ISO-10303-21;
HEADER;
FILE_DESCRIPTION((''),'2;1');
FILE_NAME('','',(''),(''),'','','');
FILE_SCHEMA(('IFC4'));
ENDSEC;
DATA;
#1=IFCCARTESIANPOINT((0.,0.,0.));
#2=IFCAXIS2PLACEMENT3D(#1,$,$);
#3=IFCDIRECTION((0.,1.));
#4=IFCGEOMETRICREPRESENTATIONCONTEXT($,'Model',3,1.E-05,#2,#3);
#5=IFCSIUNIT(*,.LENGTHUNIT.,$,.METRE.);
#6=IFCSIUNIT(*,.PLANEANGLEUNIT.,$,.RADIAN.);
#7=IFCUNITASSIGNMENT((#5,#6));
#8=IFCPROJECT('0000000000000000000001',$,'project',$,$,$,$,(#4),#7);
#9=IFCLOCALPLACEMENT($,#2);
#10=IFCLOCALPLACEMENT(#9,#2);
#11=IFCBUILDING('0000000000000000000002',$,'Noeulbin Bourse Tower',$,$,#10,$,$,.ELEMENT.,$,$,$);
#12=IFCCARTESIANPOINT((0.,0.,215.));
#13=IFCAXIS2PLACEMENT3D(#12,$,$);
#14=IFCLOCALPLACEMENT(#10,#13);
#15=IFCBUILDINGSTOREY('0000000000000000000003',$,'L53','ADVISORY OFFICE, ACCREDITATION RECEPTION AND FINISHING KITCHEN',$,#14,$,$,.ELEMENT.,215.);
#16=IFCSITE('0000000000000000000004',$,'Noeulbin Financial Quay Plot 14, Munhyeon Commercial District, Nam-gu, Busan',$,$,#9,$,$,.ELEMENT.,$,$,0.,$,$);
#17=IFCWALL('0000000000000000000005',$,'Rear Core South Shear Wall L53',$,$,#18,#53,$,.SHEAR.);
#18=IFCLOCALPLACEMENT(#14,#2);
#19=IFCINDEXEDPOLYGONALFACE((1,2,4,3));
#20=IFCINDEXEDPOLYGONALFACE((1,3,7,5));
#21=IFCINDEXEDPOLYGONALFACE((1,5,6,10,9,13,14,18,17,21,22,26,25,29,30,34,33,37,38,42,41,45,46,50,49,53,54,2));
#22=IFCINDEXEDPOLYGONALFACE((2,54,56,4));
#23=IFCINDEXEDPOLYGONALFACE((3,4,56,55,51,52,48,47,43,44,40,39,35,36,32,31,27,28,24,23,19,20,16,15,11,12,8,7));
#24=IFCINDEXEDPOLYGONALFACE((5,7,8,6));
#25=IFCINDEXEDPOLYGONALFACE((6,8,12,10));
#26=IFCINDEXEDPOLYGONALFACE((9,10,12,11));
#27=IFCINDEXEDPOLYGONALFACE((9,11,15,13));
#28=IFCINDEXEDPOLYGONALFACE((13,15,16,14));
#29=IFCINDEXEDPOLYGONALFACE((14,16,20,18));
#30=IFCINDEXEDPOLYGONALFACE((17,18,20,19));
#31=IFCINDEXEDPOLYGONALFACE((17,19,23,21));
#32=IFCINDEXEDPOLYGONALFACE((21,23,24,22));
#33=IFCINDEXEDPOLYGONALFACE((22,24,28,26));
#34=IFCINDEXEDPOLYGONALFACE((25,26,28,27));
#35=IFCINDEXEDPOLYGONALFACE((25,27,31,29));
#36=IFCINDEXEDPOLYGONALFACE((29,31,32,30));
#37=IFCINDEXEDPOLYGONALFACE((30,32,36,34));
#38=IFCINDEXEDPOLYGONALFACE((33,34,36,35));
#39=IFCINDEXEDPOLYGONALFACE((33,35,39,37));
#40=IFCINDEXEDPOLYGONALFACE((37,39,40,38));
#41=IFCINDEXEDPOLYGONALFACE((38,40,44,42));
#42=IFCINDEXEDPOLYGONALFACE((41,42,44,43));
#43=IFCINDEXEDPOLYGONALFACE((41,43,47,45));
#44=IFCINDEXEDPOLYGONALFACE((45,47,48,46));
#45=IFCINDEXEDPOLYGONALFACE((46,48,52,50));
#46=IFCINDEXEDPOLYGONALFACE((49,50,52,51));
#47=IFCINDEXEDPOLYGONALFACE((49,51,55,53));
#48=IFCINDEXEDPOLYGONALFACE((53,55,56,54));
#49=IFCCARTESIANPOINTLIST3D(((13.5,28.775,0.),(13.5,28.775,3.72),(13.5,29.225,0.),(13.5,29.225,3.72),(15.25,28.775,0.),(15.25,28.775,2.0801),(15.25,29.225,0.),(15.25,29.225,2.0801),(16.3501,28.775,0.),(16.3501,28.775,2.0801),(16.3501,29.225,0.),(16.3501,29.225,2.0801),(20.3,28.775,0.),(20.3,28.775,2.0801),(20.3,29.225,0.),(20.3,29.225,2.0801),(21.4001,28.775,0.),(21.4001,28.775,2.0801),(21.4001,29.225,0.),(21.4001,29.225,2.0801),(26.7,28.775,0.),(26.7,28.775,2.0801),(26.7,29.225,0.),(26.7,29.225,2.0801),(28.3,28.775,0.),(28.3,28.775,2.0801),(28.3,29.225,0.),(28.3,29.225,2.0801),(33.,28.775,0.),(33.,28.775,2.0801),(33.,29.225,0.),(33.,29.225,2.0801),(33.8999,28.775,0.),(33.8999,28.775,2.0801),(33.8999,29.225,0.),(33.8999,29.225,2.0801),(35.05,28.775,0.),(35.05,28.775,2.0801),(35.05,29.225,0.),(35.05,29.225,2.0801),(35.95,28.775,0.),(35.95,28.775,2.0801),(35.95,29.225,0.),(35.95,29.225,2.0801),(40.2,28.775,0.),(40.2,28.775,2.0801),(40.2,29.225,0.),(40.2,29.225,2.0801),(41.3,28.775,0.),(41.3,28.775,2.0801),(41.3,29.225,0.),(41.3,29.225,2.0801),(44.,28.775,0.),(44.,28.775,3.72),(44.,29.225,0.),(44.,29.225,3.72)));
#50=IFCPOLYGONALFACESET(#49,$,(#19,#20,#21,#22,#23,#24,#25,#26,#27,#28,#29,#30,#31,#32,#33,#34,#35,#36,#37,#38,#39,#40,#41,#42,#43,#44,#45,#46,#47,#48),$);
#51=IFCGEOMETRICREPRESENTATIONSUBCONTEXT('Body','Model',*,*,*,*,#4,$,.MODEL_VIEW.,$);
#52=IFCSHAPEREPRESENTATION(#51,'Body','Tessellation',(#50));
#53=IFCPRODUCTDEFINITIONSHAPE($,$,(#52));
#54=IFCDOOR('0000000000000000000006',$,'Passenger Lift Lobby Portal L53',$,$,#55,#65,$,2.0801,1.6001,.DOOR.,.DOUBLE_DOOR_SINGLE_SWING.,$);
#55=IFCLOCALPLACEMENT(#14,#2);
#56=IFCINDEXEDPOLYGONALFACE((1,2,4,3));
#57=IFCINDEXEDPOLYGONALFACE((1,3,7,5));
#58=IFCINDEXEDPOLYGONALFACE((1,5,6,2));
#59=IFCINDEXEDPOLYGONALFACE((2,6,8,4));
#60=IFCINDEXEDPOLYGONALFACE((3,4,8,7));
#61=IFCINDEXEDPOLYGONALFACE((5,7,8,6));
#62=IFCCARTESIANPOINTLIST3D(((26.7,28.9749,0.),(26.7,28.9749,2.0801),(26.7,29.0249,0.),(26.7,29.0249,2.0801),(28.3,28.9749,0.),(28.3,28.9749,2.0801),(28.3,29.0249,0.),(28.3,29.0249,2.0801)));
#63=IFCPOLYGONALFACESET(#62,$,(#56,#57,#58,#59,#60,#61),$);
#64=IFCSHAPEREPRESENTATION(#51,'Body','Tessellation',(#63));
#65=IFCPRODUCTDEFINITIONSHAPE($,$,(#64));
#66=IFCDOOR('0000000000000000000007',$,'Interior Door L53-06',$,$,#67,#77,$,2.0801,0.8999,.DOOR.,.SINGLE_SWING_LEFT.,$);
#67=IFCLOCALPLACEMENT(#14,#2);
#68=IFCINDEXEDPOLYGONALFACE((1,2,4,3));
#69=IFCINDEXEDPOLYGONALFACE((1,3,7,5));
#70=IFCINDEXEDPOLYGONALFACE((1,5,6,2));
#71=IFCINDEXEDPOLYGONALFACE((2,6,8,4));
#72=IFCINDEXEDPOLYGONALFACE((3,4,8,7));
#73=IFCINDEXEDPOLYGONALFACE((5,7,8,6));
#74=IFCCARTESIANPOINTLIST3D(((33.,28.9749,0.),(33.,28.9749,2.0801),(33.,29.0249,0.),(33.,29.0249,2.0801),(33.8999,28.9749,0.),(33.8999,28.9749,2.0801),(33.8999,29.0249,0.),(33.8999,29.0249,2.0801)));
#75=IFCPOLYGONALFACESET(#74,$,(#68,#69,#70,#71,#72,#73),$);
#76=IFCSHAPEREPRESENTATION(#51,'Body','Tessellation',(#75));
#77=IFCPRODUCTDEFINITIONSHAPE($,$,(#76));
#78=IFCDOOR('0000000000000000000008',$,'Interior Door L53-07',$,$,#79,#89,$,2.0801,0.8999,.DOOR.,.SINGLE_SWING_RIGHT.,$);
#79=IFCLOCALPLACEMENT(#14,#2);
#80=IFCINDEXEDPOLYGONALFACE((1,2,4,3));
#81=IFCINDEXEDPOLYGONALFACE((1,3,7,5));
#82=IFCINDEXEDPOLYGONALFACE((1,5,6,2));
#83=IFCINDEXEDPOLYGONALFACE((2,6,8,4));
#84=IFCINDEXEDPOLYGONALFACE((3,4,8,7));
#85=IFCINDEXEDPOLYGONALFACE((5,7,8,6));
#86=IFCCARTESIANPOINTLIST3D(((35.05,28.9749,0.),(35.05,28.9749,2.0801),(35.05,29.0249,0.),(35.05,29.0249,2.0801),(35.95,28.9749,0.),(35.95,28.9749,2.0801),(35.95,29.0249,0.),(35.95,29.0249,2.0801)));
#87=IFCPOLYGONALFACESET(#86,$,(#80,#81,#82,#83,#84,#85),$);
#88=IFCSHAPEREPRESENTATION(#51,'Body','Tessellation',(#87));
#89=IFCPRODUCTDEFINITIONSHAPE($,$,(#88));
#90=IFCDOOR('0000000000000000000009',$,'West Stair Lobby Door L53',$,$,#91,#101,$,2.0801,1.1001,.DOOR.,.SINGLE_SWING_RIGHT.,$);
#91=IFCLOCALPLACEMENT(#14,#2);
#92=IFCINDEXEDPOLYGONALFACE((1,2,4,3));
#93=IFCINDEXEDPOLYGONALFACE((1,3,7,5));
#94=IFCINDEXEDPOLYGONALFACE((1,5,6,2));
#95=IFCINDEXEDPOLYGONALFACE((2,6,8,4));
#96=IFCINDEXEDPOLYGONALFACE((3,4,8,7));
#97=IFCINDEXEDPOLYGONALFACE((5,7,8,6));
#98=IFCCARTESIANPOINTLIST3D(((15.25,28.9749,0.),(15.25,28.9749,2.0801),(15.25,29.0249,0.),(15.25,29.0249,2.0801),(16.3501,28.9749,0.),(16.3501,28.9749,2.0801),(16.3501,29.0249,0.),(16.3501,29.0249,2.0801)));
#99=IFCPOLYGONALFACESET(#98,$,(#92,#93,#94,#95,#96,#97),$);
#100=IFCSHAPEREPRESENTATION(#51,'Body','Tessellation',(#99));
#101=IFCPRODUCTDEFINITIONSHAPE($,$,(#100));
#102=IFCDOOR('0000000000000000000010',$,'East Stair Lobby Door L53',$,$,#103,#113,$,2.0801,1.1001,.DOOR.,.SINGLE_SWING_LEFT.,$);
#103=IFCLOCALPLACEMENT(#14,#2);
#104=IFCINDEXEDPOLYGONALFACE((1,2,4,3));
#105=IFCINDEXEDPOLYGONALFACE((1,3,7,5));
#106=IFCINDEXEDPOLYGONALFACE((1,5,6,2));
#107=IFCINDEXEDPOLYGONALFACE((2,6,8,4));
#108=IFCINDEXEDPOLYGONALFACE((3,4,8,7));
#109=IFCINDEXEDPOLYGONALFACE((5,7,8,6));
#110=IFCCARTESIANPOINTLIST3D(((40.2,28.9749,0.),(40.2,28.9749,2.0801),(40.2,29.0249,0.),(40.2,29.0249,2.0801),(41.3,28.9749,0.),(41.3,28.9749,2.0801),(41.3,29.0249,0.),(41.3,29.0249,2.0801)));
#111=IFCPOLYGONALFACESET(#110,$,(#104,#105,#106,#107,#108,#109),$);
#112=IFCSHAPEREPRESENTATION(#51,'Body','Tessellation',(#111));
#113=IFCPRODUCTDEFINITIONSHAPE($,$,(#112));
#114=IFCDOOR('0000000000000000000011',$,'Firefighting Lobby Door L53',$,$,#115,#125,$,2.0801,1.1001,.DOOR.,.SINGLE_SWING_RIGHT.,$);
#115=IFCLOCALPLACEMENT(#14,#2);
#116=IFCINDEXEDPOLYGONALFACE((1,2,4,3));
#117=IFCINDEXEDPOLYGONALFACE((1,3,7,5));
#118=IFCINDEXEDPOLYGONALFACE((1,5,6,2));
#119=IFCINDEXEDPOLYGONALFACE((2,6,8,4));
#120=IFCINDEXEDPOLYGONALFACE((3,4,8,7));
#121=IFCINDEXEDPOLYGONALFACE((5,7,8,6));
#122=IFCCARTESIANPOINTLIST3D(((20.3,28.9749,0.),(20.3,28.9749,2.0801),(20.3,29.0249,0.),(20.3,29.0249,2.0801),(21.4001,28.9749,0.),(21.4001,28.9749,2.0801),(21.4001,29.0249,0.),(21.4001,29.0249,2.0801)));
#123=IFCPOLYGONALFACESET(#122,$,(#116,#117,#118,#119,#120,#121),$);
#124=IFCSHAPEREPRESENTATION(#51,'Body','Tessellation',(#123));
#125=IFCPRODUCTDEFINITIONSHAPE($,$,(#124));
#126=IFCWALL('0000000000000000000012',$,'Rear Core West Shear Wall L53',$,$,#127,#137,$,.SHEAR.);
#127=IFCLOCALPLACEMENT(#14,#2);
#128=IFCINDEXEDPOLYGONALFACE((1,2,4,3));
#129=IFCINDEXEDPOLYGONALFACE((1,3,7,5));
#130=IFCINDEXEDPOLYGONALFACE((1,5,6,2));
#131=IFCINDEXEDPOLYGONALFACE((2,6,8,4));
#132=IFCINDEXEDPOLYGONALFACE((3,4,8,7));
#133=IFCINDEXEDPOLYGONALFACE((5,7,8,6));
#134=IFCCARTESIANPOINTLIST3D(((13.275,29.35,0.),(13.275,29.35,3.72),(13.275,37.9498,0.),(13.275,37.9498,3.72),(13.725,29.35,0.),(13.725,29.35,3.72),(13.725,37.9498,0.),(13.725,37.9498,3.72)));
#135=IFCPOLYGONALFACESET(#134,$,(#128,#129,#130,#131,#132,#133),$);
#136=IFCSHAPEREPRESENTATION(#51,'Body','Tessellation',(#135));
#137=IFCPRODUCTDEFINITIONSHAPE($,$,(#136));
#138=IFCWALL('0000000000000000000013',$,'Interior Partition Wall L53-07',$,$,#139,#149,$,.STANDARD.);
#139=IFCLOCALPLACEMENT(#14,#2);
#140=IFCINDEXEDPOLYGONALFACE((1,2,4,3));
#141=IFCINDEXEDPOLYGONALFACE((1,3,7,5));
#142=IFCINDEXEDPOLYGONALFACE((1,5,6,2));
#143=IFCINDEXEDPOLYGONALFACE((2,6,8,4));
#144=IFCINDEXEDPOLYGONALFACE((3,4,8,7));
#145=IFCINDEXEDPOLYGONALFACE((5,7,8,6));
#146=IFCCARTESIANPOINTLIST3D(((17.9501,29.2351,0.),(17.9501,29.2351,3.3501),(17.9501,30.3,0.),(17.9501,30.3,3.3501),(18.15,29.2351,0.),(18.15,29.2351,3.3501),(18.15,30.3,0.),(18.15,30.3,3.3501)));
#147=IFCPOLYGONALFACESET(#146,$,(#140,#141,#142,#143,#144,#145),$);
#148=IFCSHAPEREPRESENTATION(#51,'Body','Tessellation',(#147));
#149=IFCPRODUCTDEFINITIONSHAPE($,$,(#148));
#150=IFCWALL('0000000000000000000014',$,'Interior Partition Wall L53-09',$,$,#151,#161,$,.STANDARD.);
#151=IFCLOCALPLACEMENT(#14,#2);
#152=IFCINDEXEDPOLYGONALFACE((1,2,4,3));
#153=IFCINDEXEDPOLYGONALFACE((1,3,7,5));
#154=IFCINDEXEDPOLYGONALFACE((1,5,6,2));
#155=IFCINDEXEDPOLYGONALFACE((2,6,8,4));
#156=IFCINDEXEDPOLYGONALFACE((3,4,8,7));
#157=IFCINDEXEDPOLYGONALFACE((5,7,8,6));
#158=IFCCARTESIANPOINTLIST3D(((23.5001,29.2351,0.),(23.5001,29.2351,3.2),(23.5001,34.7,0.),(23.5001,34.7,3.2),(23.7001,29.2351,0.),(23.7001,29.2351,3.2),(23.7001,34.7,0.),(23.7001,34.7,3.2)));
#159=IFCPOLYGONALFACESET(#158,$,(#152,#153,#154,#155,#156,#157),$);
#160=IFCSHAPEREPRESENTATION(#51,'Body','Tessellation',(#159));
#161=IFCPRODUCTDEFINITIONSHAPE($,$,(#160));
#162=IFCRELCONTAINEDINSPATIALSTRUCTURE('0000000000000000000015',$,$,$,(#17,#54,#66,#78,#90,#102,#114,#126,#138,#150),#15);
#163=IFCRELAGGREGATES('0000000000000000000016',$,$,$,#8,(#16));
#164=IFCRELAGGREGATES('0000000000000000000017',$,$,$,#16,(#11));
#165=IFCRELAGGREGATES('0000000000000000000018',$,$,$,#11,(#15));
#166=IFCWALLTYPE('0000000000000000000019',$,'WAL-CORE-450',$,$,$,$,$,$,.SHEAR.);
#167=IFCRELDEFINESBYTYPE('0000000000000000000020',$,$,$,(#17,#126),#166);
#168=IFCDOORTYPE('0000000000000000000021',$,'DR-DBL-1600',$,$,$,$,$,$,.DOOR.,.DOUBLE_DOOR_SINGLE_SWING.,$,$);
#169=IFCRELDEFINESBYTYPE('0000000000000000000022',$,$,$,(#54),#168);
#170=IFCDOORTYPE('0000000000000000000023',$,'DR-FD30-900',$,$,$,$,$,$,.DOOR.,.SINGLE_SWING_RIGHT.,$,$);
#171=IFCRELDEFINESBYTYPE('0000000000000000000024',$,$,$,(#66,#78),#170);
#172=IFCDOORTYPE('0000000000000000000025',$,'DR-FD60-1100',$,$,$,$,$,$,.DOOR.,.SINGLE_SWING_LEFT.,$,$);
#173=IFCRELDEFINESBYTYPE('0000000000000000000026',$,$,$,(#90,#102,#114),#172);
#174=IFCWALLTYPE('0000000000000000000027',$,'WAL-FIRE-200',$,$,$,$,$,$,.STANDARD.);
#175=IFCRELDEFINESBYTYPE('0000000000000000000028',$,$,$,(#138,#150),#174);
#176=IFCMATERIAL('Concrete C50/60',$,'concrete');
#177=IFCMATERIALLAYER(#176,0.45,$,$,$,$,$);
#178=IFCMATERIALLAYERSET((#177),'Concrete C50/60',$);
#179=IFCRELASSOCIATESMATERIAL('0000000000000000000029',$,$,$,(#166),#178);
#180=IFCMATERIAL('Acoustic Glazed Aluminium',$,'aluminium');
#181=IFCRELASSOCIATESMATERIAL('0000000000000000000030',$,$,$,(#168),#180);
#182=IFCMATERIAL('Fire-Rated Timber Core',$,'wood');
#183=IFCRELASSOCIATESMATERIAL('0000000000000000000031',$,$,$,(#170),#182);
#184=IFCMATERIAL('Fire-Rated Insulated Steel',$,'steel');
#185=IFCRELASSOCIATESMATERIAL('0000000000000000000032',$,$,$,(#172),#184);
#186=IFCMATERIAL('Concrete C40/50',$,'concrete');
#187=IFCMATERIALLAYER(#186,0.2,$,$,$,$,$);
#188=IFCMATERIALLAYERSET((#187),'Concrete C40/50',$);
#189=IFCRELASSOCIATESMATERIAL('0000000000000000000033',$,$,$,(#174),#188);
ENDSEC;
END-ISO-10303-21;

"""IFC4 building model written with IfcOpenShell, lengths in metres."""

from ifc_helpers import new_model, si_unit, direction, frame, frame_2d, origin, place, context, subcontext, project, spatial, rectangle, extrude, material, layer, layer_set, type_object, element, fill, save


model = new_model("IFC4")

# Units and contexts
model_context = context("Model", 3, precision=1e-05, world=origin(), true_north=direction((0.0, 1.0)))
body_context = subcontext(model_context, "Body", "Model", "MODEL_VIEW")
ifc_project = project(units=[si_unit("LENGTHUNIT", "METRE"), si_unit("PLANEANGLEUNIT", "RADIAN")], contexts=[model_context])

# Site, building, storey
site_placement = place(None, origin())
site = spatial("IfcSite", under=ifc_project, at=site_placement, Name="Noeulbin Financial Quay Plot 14, Munhyeon Commercial District, Nam-gu, Busan", CompositionType="ELEMENT", RefElevation=0.0)
building_placement = place(site_placement, origin())
building = spatial("IfcBuilding", under=site, at=building_placement, Name="Noeulbin Bourse Tower", CompositionType="ELEMENT")
storey_placement = place(building_placement, frame((0.0, 0.0, 215.0)))
storey = spatial("IfcBuildingStorey", under=building, at=storey_placement, Name="L53", Description="ADVISORY OFFICE, ACCREDITATION RECEPTION AND FINISHING KITCHEN", CompositionType="ELEMENT", Elevation=215.0)

# Wall, openings, doors
ifc_material_1 = material(Name="Concrete C50/60", Category="concrete")
ifc_layer_1 = layer(ifc_material_1, 0.45)
ifc_layer_set_1 = layer_set([ifc_layer_1], Name="Concrete C50/60")
wall_type_1 = type_object("IfcWallType", Name="WAL-CORE-450", PredefinedType="SHEAR", material=ifc_layer_set_1)
wall_1_placement = place(storey_placement, frame((13.5, 29.0, 0.0), z_axis=(0.0, 0.0, 1.0), x_axis=(1.0, 0.0, 0.0)))
wall_1 = element("IfcWall", 1, at=wall_1_placement, inside=storey, type_object=wall_type_1, Name="Rear Core South Shear Wall L53", PredefinedType="SHEAR", context=body_context, shape_type="SweptSolid", body=[
    extrude(rectangle(XDim=30.5, YDim=0.45, at=frame_2d((15.25, 0.0))), origin(), (0.0, 0.0, 1.0), 3.72),
])
opening_1_placement = place(wall_1_placement, frame((1.75, 0.0, 0.0)))
opening_1 = element("IfcOpeningElement", 2, at=opening_1_placement, cuts=wall_1, PredefinedType="OPENING", context=body_context, shape_type="SweptSolid", body=[
    extrude(rectangle(XDim=1.1001, YDim=2.0801, at=frame_2d((0.55, 1.04))), frame((0.0, 0.2349, 0.0), z_axis=(0.0, -1.0, 0.0), x_axis=(1.0, 0.0, 0.0)), (0.0, 0.0, 1.0), 0.47),
])
opening_2_placement = place(wall_1_placement, frame((26.7, 0.0, 0.0)))
opening_2 = element("IfcOpeningElement", 3, at=opening_2_placement, cuts=wall_1, PredefinedType="OPENING", context=body_context, shape_type="SweptSolid", body=[
    extrude(rectangle(XDim=1.1001, YDim=2.0801, at=frame_2d((0.55, 1.04))), frame((0.0, 0.2349, 0.0), z_axis=(0.0, -1.0, 0.0), x_axis=(1.0, 0.0, 0.0)), (0.0, 0.0, 1.0), 0.47),
])
opening_3_placement = place(wall_1_placement, frame((6.8, 0.0, 0.0)))
opening_3 = element("IfcOpeningElement", 4, at=opening_3_placement, cuts=wall_1, PredefinedType="OPENING", context=body_context, shape_type="SweptSolid", body=[
    extrude(rectangle(XDim=1.1001, YDim=2.0801, at=frame_2d((0.55, 1.04))), frame((0.0, 0.2349, 0.0), z_axis=(0.0, -1.0, 0.0), x_axis=(1.0, 0.0, 0.0)), (0.0, 0.0, 1.0), 0.47),
])
opening_4_placement = place(wall_1_placement, frame((13.2, 0.0, 0.0)))
opening_4 = element("IfcOpeningElement", 5, at=opening_4_placement, cuts=wall_1, PredefinedType="OPENING", context=body_context, shape_type="SweptSolid", body=[
    extrude(rectangle(XDim=1.6001, YDim=2.0801, at=frame_2d((0.8, 1.04))), frame((0.0, 0.2349, 0.0), z_axis=(0.0, -1.0, 0.0), x_axis=(1.0, 0.0, 0.0)), (0.0, 0.0, 1.0), 0.47),
])
opening_5_placement = place(wall_1_placement, frame((19.5, 0.0, 0.0)))
opening_5 = element("IfcOpeningElement", 6, at=opening_5_placement, cuts=wall_1, PredefinedType="OPENING", context=body_context, shape_type="SweptSolid", body=[
    extrude(rectangle(XDim=0.8999, YDim=2.0801, at=frame_2d((0.45, 1.04))), frame((0.0, 0.2349, 0.0), z_axis=(0.0, -1.0, 0.0), x_axis=(1.0, 0.0, 0.0)), (0.0, 0.0, 1.0), 0.47),
])
opening_6_placement = place(wall_1_placement, frame((21.55, 0.0, 0.0)))
opening_6 = element("IfcOpeningElement", 7, at=opening_6_placement, cuts=wall_1, PredefinedType="OPENING", context=body_context, shape_type="SweptSolid", body=[
    extrude(rectangle(XDim=0.8999, YDim=2.0801, at=frame_2d((0.45, 1.04))), frame((0.0, 0.2349, 0.0), z_axis=(0.0, -1.0, 0.0), x_axis=(1.0, 0.0, 0.0)), (0.0, 0.0, 1.0), 0.47),
])
ifc_material_2 = material(Name="Acoustic Glazed Aluminium", Category="aluminium")
door_type_1 = type_object("IfcDoorType", Name="DR-DBL-1600", OperationType="DOUBLE_DOOR_SINGLE_SWING", PredefinedType="DOOR", material=ifc_material_2)
door_1_placement = place(opening_4_placement, origin())
door_1 = element("IfcDoor", 8, at=door_1_placement, inside=storey, type_object=door_type_1, Name="Passenger Lift Lobby Portal L53", OperationType="DOUBLE_DOOR_SINGLE_SWING", OverallHeight=2.0801, OverallWidth=1.6001, PredefinedType="DOOR", context=body_context, shape_type="SweptSolid", body=[
    extrude(rectangle(XDim=1.6001, YDim=2.0801, at=frame_2d((0.8, 1.04))), frame((0.0, 0.0249, 0.0), z_axis=(0.0, -1.0, 0.0), x_axis=(1.0, 0.0, 0.0)), (0.0, 0.0, 1.0), 0.05),
])
fill(opening_4, door_1)
ifc_material_3 = material(Name="Fire-Rated Timber Core", Category="wood")
door_type_2 = type_object("IfcDoorType", Name="DR-FD30-900", OperationType="SINGLE_SWING_RIGHT", PredefinedType="DOOR", material=ifc_material_3)
door_2_placement = place(opening_5_placement, origin())
door_2 = element("IfcDoor", 9, at=door_2_placement, inside=storey, type_object=door_type_2, Name="Interior Door L53-06", OperationType="SINGLE_SWING_LEFT", OverallHeight=2.0801, OverallWidth=0.8999, PredefinedType="DOOR", context=body_context, shape_type="SweptSolid", body=[
    extrude(rectangle(XDim=0.8999, YDim=2.0801, at=frame_2d((0.45, 1.04))), frame((0.0, 0.0249, 0.0), z_axis=(0.0, -1.0, 0.0), x_axis=(1.0, 0.0, 0.0)), (0.0, 0.0, 1.0), 0.05),
])
fill(opening_5, door_2)
door_3_placement = place(opening_6_placement, origin())
door_3 = element("IfcDoor", 10, at=door_3_placement, inside=storey, type_object=door_type_2, Name="Interior Door L53-07", OperationType="SINGLE_SWING_RIGHT", OverallHeight=2.0801, OverallWidth=0.8999, PredefinedType="DOOR", context=body_context, shape_type="SweptSolid", body=[
    extrude(rectangle(XDim=0.8999, YDim=2.0801, at=frame_2d((0.45, 1.04))), frame((0.0, 0.0249, 0.0), z_axis=(0.0, -1.0, 0.0), x_axis=(1.0, 0.0, 0.0)), (0.0, 0.0, 1.0), 0.05),
])
fill(opening_6, door_3)
ifc_material_4 = material(Name="Fire-Rated Insulated Steel", Category="steel")
door_type_3 = type_object("IfcDoorType", Name="DR-FD60-1100", OperationType="SINGLE_SWING_LEFT", PredefinedType="DOOR", material=ifc_material_4)
door_4_placement = place(opening_1_placement, origin())
door_4 = element("IfcDoor", 11, at=door_4_placement, inside=storey, type_object=door_type_3, Name="West Stair Lobby Door L53", OperationType="SINGLE_SWING_RIGHT", OverallHeight=2.0801, OverallWidth=1.1001, PredefinedType="DOOR", context=body_context, shape_type="SweptSolid", body=[
    extrude(rectangle(XDim=1.1001, YDim=2.0801, at=frame_2d((0.55, 1.04))), frame((0.0, 0.0249, 0.0), z_axis=(0.0, -1.0, 0.0), x_axis=(1.0, 0.0, 0.0)), (0.0, 0.0, 1.0), 0.05),
])
fill(opening_1, door_4)
door_5_placement = place(opening_2_placement, origin())
door_5 = element("IfcDoor", 12, at=door_5_placement, inside=storey, type_object=door_type_3, Name="East Stair Lobby Door L53", OperationType="SINGLE_SWING_LEFT", OverallHeight=2.0801, OverallWidth=1.1001, PredefinedType="DOOR", context=body_context, shape_type="SweptSolid", body=[
    extrude(rectangle(XDim=1.1001, YDim=2.0801, at=frame_2d((0.55, 1.04))), frame((0.0, 0.0249, 0.0), z_axis=(0.0, -1.0, 0.0), x_axis=(1.0, 0.0, 0.0)), (0.0, 0.0, 1.0), 0.05),
])
fill(opening_2, door_5)
door_6_placement = place(opening_3_placement, origin())
door_6 = element("IfcDoor", 13, at=door_6_placement, inside=storey, type_object=door_type_3, Name="Firefighting Lobby Door L53", OperationType="SINGLE_SWING_RIGHT", OverallHeight=2.0801, OverallWidth=1.1001, PredefinedType="DOOR", context=body_context, shape_type="SweptSolid", body=[
    extrude(rectangle(XDim=1.1001, YDim=2.0801, at=frame_2d((0.55, 1.04))), frame((0.0, 0.0249, 0.0), z_axis=(0.0, -1.0, 0.0), x_axis=(1.0, 0.0, 0.0)), (0.0, 0.0, 1.0), 0.05),
])
fill(opening_3, door_6)

# Walls
wall_2_placement = place(storey_placement, frame((13.5, 29.3501, 0.0), z_axis=(0.0, 0.0, 1.0), x_axis=(0.0, 1.0, 0.0)))
element("IfcWall", 14, at=wall_2_placement, inside=storey, type_object=wall_type_1, Name="Rear Core West Shear Wall L53", PredefinedType="SHEAR", context=body_context, shape_type="SweptSolid", body=[
    extrude(rectangle(XDim=8.5999, YDim=0.45, at=frame_2d((4.2998, 0.0))), origin(), (0.0, 0.0, 1.0), 3.72),
])
ifc_material_5 = material(Name="Concrete C40/50", Category="concrete")
ifc_layer_2 = layer(ifc_material_5, 0.2)
ifc_layer_set_2 = layer_set([ifc_layer_2], Name="Concrete C40/50")
wall_type_2 = type_object("IfcWallType", Name="WAL-FIRE-200", PredefinedType="STANDARD", material=ifc_layer_set_2)
wall_3_placement = place(storey_placement, frame((18.05, 29.2351, 0.0), z_axis=(0.0, 0.0, 1.0), x_axis=(0.0, 1.0, 0.0)))
element("IfcWall", 15, at=wall_3_placement, inside=storey, type_object=wall_type_2, Name="Interior Partition Wall L53-07", PredefinedType="STANDARD", context=body_context, shape_type="SweptSolid", body=[
    extrude(rectangle(XDim=1.0649, YDim=0.2, at=frame_2d((0.5325, 0.0))), origin(), (0.0, 0.0, 1.0), 3.3501),
])
wall_4_placement = place(storey_placement, frame((23.6001, 29.2351, 0.0), z_axis=(0.0, 0.0, 1.0), x_axis=(0.0, 1.0, 0.0)))
element("IfcWall", 16, at=wall_4_placement, inside=storey, type_object=wall_type_2, Name="Interior Partition Wall L53-09", PredefinedType="STANDARD", context=body_context, shape_type="SweptSolid", body=[
    extrude(rectangle(XDim=5.4648, YDim=0.2, at=frame_2d((2.7324, 0.0))), origin(), (0.0, 0.0, 1.0), 3.2),
])

save(model, "model.ifc")
